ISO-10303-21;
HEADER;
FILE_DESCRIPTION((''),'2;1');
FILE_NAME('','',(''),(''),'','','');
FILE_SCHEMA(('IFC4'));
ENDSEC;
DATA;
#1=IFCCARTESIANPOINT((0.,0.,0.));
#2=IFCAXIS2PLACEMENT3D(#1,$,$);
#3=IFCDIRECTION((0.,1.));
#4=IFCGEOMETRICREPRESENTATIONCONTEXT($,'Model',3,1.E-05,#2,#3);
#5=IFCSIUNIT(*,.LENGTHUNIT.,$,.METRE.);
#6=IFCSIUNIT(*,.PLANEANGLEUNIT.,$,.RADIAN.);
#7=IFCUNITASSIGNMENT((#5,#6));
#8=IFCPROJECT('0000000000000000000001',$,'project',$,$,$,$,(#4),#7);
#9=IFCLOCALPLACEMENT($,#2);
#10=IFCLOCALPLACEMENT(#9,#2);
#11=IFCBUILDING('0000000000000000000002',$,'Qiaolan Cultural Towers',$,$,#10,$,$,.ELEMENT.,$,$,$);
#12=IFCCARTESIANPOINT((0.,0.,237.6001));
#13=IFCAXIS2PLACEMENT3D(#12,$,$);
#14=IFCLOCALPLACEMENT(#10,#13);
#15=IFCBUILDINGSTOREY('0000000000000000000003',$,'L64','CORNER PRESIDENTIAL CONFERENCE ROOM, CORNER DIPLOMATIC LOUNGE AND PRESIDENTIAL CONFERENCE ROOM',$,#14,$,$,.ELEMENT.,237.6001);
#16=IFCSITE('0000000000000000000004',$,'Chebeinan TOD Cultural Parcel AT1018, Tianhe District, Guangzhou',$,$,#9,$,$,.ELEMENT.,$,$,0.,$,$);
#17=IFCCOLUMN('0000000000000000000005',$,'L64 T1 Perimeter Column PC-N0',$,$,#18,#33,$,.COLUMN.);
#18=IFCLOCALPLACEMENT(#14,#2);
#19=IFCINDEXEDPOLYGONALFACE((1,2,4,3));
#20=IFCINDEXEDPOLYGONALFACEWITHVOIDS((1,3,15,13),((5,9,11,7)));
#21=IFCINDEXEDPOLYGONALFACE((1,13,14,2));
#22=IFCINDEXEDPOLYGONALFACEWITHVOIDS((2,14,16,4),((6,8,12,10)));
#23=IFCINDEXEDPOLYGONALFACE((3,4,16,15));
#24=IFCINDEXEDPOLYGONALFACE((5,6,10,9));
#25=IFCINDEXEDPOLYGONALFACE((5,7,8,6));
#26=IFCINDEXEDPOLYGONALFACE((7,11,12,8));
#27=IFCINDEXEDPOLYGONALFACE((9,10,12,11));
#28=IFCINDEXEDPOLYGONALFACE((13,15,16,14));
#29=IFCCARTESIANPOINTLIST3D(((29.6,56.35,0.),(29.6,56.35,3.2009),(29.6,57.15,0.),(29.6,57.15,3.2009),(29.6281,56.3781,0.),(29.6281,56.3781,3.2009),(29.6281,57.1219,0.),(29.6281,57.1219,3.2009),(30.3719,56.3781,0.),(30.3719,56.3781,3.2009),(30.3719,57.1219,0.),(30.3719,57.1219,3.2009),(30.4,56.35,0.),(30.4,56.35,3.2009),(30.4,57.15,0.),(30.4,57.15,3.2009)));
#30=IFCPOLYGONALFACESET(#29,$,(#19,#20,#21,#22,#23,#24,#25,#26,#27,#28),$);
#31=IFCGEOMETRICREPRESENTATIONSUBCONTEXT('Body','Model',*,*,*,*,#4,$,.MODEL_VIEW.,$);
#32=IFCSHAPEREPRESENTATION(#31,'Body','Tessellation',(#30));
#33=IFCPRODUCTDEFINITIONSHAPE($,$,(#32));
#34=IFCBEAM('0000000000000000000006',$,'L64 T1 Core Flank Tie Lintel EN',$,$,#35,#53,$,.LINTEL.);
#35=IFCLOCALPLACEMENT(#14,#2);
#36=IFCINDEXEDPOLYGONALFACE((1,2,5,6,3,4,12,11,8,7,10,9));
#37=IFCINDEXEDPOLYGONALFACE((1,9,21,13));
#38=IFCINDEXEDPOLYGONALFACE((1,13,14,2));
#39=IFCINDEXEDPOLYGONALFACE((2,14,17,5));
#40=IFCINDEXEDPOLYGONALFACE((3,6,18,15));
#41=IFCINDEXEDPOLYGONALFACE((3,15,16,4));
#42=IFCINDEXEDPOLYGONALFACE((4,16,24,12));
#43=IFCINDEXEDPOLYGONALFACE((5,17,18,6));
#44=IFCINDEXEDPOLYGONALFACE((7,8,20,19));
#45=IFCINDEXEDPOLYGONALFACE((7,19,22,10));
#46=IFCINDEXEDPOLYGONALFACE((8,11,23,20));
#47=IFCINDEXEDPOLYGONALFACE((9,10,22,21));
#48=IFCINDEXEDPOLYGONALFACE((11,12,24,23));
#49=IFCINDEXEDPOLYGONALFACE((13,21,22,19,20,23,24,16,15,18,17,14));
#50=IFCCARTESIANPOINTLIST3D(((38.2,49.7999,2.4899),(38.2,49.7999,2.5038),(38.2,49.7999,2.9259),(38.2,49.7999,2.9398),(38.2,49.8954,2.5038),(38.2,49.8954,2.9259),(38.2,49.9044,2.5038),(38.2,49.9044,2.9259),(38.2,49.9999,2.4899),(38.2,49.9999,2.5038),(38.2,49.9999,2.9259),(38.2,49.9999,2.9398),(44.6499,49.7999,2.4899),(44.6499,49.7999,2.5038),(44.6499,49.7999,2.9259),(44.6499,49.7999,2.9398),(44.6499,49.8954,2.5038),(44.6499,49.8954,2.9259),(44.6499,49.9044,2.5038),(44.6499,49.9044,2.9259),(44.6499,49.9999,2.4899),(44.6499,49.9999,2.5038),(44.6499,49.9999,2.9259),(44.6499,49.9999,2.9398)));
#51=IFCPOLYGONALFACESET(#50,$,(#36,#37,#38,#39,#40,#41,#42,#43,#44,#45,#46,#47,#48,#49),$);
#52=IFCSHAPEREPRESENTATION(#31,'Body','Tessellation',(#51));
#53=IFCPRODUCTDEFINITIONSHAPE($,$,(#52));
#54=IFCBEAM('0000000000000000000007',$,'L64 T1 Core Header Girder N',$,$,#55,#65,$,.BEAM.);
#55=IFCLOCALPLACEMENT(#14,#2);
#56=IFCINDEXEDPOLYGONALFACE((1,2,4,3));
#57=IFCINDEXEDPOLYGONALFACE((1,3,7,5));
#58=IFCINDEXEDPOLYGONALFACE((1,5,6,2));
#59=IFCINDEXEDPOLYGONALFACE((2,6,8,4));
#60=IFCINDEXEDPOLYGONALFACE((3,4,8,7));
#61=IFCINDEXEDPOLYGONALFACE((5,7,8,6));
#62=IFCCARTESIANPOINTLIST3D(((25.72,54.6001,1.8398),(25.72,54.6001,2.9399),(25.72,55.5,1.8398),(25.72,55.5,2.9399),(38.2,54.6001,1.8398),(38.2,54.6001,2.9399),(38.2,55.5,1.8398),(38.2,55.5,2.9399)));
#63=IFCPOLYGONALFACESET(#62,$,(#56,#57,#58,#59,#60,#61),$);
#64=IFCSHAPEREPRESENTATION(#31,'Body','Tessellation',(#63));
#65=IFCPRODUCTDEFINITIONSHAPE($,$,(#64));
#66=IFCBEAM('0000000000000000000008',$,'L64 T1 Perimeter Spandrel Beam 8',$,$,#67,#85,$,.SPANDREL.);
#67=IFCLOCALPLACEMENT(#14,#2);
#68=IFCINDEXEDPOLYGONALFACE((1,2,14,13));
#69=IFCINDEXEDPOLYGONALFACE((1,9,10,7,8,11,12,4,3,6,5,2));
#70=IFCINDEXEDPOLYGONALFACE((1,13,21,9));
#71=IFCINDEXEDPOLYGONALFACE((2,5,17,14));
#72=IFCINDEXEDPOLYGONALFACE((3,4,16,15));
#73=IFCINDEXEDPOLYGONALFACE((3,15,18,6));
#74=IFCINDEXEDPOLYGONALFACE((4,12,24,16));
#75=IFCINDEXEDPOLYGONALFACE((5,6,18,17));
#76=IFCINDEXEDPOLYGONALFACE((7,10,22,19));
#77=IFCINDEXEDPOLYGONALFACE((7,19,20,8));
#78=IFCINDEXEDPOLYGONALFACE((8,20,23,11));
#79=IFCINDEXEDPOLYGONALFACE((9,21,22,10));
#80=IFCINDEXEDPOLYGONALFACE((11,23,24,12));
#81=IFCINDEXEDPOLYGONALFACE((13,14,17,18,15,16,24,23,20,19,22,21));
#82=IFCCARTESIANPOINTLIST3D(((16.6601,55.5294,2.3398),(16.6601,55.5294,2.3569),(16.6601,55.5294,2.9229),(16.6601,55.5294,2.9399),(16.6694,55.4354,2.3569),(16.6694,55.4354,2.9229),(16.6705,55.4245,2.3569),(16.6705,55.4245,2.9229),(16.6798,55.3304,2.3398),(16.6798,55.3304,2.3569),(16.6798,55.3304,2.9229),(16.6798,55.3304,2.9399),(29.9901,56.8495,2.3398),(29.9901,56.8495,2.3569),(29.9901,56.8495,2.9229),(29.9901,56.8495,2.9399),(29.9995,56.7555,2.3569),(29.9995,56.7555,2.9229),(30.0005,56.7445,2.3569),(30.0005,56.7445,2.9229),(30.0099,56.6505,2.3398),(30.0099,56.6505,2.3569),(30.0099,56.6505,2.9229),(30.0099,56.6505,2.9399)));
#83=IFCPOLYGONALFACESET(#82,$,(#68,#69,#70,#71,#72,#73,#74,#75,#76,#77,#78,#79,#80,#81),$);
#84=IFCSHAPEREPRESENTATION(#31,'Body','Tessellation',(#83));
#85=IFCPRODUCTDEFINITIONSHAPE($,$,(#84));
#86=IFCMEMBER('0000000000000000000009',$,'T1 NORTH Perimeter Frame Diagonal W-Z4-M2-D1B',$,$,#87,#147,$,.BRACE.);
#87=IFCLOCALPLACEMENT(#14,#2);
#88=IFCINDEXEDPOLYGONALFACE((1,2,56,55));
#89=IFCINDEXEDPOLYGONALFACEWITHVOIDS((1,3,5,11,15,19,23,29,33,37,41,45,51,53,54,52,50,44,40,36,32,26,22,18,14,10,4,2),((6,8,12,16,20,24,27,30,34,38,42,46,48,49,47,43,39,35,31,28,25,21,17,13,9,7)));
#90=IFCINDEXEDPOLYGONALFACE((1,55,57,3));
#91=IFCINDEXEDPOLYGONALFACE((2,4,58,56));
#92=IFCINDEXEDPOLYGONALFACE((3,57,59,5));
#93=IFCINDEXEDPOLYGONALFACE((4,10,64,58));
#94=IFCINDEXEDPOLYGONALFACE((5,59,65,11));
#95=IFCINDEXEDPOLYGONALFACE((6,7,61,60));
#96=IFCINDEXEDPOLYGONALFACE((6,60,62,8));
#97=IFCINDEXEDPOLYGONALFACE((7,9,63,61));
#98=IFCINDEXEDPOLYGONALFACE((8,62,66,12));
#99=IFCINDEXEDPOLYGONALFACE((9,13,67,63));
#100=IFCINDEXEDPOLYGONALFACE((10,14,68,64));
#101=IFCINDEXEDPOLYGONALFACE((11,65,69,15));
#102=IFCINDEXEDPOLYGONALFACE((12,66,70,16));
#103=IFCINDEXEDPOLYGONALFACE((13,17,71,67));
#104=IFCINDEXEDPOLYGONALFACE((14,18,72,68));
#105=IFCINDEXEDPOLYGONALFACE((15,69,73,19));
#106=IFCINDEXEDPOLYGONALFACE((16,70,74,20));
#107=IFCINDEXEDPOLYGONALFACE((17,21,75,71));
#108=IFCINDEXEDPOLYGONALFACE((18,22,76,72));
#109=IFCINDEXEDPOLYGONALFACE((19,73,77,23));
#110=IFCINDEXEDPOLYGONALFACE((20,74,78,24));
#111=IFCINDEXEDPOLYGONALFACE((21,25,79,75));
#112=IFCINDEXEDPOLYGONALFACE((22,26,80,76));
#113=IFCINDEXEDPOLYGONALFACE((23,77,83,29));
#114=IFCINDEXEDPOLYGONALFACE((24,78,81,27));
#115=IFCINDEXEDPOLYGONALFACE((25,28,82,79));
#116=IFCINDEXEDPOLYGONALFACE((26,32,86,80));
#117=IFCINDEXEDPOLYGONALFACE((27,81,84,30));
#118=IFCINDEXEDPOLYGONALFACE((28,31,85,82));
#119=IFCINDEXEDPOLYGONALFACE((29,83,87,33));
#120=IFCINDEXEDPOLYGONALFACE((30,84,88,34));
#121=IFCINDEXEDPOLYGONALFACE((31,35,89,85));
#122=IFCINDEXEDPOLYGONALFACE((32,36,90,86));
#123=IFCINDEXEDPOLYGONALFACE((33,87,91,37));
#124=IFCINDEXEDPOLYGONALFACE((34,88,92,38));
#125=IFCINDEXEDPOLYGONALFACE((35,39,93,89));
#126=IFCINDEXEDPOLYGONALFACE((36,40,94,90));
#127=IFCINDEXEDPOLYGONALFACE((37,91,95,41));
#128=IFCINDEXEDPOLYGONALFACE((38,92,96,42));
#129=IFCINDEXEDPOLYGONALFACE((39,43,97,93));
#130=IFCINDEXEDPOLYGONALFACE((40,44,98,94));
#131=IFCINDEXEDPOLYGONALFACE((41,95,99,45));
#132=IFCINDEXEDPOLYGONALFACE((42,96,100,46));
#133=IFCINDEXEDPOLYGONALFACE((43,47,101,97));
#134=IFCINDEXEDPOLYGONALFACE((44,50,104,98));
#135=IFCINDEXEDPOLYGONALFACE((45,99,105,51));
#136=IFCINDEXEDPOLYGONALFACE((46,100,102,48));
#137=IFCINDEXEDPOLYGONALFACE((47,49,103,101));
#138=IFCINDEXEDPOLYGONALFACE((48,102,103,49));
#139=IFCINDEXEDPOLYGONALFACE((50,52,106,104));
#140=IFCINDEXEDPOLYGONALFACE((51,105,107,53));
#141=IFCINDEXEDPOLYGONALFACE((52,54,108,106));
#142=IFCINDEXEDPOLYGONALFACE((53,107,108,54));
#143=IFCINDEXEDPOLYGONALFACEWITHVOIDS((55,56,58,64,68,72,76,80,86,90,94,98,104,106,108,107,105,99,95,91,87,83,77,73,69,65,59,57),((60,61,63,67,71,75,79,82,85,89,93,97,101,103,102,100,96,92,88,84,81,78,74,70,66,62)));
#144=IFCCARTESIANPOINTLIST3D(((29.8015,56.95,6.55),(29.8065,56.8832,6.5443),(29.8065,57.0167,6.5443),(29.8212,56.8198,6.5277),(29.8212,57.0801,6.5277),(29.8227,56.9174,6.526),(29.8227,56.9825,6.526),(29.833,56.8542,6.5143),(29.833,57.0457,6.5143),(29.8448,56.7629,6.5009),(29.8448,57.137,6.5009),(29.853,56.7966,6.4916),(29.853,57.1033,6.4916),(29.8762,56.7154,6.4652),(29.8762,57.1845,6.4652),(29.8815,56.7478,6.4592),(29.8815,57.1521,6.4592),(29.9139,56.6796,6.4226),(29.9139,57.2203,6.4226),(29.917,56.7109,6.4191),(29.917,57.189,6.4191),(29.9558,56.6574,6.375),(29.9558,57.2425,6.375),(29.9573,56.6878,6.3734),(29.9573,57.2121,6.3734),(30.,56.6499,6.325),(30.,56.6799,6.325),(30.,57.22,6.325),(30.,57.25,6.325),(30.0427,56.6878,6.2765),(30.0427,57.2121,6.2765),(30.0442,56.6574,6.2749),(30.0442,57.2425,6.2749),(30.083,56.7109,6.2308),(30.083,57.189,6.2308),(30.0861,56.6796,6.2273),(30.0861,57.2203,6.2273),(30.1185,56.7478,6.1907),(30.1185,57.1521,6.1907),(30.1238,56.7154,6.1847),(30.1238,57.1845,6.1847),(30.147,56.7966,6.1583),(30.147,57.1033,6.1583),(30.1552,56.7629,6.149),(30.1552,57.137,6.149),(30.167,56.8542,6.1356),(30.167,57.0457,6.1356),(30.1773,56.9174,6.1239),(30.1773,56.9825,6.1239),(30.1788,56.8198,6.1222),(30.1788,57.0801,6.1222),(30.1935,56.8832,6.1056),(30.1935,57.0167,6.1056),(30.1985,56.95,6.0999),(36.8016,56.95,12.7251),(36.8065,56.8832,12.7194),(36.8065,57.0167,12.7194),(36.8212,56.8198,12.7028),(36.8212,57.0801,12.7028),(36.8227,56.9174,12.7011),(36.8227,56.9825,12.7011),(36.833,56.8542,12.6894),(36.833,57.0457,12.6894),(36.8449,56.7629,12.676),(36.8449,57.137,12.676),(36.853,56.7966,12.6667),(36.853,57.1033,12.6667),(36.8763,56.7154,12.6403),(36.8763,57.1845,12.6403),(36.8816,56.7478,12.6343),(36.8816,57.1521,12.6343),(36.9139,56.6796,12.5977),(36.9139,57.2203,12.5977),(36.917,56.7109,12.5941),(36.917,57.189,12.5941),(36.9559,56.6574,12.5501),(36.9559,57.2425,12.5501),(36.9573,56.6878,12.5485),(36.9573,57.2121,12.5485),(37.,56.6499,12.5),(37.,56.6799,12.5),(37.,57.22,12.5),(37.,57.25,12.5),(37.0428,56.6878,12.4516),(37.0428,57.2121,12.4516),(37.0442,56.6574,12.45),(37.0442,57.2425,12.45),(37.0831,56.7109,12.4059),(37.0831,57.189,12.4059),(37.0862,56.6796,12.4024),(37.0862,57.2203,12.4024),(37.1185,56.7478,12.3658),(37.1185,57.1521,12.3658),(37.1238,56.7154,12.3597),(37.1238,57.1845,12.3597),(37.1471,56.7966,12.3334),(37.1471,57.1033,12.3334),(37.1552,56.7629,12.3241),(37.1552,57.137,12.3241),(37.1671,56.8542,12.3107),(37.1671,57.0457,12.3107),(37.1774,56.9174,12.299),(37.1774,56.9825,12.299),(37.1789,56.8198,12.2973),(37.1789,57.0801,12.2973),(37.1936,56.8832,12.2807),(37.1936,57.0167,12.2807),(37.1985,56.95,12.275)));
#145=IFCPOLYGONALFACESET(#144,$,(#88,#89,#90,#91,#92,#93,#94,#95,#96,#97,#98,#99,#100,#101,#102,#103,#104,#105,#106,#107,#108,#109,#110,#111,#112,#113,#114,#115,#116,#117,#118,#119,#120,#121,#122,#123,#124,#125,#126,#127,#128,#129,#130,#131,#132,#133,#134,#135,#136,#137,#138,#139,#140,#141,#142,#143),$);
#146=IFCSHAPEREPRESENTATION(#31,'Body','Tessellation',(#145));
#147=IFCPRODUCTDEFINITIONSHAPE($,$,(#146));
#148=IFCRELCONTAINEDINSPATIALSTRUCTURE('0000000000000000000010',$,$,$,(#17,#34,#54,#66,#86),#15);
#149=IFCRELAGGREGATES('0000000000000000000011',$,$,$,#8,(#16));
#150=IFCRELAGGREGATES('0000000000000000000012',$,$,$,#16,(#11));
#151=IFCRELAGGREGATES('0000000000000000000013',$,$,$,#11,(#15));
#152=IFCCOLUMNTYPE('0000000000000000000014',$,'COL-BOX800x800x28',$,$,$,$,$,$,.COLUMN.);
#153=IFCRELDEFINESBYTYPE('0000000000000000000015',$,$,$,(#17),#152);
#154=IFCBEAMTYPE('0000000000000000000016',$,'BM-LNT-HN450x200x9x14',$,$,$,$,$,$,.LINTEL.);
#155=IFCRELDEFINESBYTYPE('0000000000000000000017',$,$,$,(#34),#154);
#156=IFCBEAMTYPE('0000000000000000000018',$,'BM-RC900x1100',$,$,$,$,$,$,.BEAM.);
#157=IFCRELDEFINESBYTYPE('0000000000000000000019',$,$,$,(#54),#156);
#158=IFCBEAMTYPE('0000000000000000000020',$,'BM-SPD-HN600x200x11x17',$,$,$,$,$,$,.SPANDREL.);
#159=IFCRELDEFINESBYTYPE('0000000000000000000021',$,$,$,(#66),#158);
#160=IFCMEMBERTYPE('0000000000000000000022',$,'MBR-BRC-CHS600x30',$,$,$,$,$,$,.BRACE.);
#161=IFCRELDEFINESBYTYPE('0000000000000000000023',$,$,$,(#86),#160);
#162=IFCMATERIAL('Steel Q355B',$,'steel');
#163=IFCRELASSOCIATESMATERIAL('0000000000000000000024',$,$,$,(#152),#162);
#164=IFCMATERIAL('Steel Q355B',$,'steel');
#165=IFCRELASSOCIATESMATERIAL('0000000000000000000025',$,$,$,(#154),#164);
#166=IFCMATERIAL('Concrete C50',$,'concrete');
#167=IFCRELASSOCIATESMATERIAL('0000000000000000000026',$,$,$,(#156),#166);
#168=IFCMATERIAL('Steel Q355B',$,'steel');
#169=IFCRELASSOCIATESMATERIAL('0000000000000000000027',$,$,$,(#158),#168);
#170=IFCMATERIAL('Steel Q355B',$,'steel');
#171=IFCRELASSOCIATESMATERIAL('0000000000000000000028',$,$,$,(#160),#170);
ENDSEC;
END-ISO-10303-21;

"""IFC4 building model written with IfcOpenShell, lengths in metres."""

from ifc_helpers import new_model, si_unit, direction, frame, origin, origin_2d, place, context, subcontext, project, spatial, rectangle, hollow_rectangle, hollow_circle, i_section, extrude, material, material_profile, profile_set, type_object, element, save


model = new_model("IFC4")

# Units and contexts
model_context = context("Model", 3, precision=1e-05, world=origin(), true_north=direction((0.0, 1.0)))
body_context = subcontext(model_context, "Body", "Model", "MODEL_VIEW")
ifc_project = project(units=[si_unit("LENGTHUNIT", "METRE"), si_unit("PLANEANGLEUNIT", "RADIAN")], contexts=[model_context])

# Site, building, storey
site_placement = place(None, origin())
site = spatial("IfcSite", under=ifc_project, at=site_placement, Name="Chebeinan TOD Cultural Parcel AT1018, Tianhe District, Guangzhou", CompositionType="ELEMENT", RefElevation=0.0)
building_placement = place(site_placement, origin())
building = spatial("IfcBuilding", under=site, at=building_placement, Name="Qiaolan Cultural Towers", CompositionType="ELEMENT")
storey_placement = place(building_placement, frame((0.0, 0.0, 237.6001)))
storey = spatial("IfcBuildingStorey", under=building, at=storey_placement, Name="L64", Description="CORNER PRESIDENTIAL CONFERENCE ROOM, CORNER DIPLOMATIC LOUNGE AND PRESIDENTIAL CONFERENCE ROOM", CompositionType="ELEMENT", Elevation=237.6001)

# Column
ifc_material_1 = material(Name="Steel Q355B", Category="steel")
ifc_material_profile_1 = material_profile(ifc_material_1, hollow_rectangle(XDim=0.8, YDim=0.8, WallThickness=0.0281, at=origin_2d()), Name="BOX800x800x28")
ifc_profile_set_1 = profile_set([ifc_material_profile_1], Name="Steel Q355B")
column_type = type_object("IfcColumnType", Name="COL-BOX800x800x28", PredefinedType="COLUMN", material=ifc_profile_set_1)
column_placement = place(storey_placement, frame((30.0, 56.75, 0.0), z_axis=(0.0, 0.0, 1.0), x_axis=(1.0, 0.0, 0.0)))
element("IfcColumn", 1, at=column_placement, inside=storey, type_object=column_type, Name="L64 T1 Perimeter Column PC-N0", PredefinedType="COLUMN", context=body_context, shape_type="SweptSolid", body=[
    extrude(hollow_rectangle(XDim=0.8, YDim=0.8, WallThickness=0.0281, at=origin_2d()), origin(), (0.0, 0.0, 1.0), 3.2009),
])

# Beams
ifc_material_2 = material(Name="Steel Q355B", Category="steel")
ifc_material_profile_2 = material_profile(ifc_material_2, i_section(OverallWidth=0.2, OverallDepth=0.45, WebThickness=0.009, FlangeThickness=0.0139, at=origin_2d()), Name="HN450x200x9x14")
ifc_profile_set_2 = profile_set([ifc_material_profile_2], Name="Steel Q355B")
beam_type_1 = type_object("IfcBeamType", Name="BM-LNT-HN450x200x9x14", PredefinedType="LINTEL", material=ifc_profile_set_2)
beam_1_placement = place(storey_placement, frame((38.2, 49.8999, 2.7148), z_axis=(1.0, 0.0, 0.0), x_axis=(0.0, 1.0, 0.0)))
element("IfcBeam", 2, at=beam_1_placement, inside=storey, type_object=beam_type_1, Name="L64 T1 Core Flank Tie Lintel EN", PredefinedType="LINTEL", context=body_context, shape_type="SweptSolid", body=[
    extrude(i_section(OverallWidth=0.2, OverallDepth=0.45, WebThickness=0.009, FlangeThickness=0.0139, at=origin_2d()), origin(), (0.0, 0.0, 1.0), 6.45),
])
ifc_material_3 = material(Name="Concrete C50", Category="concrete")
ifc_material_profile_3 = material_profile(ifc_material_3, rectangle(XDim=0.8999, YDim=1.1001, at=origin_2d()), Name="RC900x1100")
ifc_profile_set_3 = profile_set([ifc_material_profile_3], Name="Concrete C50")
beam_type_2 = type_object("IfcBeamType", Name="BM-RC900x1100", PredefinedType="BEAM", material=ifc_profile_set_3)
beam_2_placement = place(storey_placement, frame((25.72, 55.05, 2.3899), z_axis=(1.0, 0.0, 0.0), x_axis=(0.0, 1.0, 0.0)))
element("IfcBeam", 3, at=beam_2_placement, inside=storey, type_object=beam_type_2, Name="L64 T1 Core Header Girder N", PredefinedType="BEAM", context=body_context, shape_type="SweptSolid", body=[
    extrude(rectangle(XDim=0.8999, YDim=1.1001, at=origin_2d()), origin(), (0.0, 0.0, 1.0), 12.48),
])
ifc_material_4 = material(Name="Steel Q355B", Category="steel")
ifc_material_profile_4 = material_profile(ifc_material_4, i_section(OverallWidth=0.2, OverallDepth=0.6001, WebThickness=0.011, FlangeThickness=0.0171, at=origin_2d()), Name="HN600x200x11x17")
ifc_profile_set_4 = profile_set([ifc_material_profile_4], Name="Steel Q355B")
beam_type_3 = type_object("IfcBeamType", Name="BM-SPD-HN600x200x11x17", PredefinedType="SPANDREL", material=ifc_profile_set_4)
beam_3_placement = place(storey_placement, frame((30.0, 56.75, 2.6399), z_axis=(-0.995132, -0.098547, 0.0), x_axis=(0.098547, -0.995132, 0.0)))
element("IfcBeam", 4, at=beam_3_placement, inside=storey, type_object=beam_type_3, Name="L64 T1 Perimeter Spandrel Beam 8", PredefinedType="SPANDREL", context=body_context, shape_type="SweptSolid", body=[
    extrude(i_section(OverallWidth=0.2, OverallDepth=0.6001, WebThickness=0.011, FlangeThickness=0.0171, at=origin_2d()), origin(), (0.0, 0.0, 1.0), 13.3953),
])

# Member
ifc_material_5 = material(Name="Steel Q355B", Category="steel")
ifc_material_profile_5 = material_profile(ifc_material_5, hollow_circle(Radius=0.3, WallThickness=0.03, at=origin_2d()), Name="CHS600x30")
ifc_profile_set_5 = profile_set([ifc_material_profile_5], Name="Steel Q355B")
member_type = type_object("IfcMemberType", Name="MBR-BRC-CHS600x30", PredefinedType="BRACE", material=ifc_profile_set_5)
for number, where, z_axis, x_axis, name in (
    (5, (30.0, 56.95, 6.325), (0.749913, 0.0, 0.661536), (0.0, 1.0, 0.0), "T1 NORTH Perimeter Frame Diagonal W-Z4-M2-D1B"),
):
    element("IfcMember", number, at=place(storey_placement, frame(where, z_axis=z_axis, x_axis=x_axis)), inside=storey, type_object=member_type, Name=name, PredefinedType="BRACE", context=body_context, shape_type="SweptSolid", body=[
        extrude(hollow_circle(Radius=0.3, WallThickness=0.03, at=origin_2d()), origin(), (0.0, 0.0, 1.0), 9.3345),
    ])

save(model, "model.ifc")
